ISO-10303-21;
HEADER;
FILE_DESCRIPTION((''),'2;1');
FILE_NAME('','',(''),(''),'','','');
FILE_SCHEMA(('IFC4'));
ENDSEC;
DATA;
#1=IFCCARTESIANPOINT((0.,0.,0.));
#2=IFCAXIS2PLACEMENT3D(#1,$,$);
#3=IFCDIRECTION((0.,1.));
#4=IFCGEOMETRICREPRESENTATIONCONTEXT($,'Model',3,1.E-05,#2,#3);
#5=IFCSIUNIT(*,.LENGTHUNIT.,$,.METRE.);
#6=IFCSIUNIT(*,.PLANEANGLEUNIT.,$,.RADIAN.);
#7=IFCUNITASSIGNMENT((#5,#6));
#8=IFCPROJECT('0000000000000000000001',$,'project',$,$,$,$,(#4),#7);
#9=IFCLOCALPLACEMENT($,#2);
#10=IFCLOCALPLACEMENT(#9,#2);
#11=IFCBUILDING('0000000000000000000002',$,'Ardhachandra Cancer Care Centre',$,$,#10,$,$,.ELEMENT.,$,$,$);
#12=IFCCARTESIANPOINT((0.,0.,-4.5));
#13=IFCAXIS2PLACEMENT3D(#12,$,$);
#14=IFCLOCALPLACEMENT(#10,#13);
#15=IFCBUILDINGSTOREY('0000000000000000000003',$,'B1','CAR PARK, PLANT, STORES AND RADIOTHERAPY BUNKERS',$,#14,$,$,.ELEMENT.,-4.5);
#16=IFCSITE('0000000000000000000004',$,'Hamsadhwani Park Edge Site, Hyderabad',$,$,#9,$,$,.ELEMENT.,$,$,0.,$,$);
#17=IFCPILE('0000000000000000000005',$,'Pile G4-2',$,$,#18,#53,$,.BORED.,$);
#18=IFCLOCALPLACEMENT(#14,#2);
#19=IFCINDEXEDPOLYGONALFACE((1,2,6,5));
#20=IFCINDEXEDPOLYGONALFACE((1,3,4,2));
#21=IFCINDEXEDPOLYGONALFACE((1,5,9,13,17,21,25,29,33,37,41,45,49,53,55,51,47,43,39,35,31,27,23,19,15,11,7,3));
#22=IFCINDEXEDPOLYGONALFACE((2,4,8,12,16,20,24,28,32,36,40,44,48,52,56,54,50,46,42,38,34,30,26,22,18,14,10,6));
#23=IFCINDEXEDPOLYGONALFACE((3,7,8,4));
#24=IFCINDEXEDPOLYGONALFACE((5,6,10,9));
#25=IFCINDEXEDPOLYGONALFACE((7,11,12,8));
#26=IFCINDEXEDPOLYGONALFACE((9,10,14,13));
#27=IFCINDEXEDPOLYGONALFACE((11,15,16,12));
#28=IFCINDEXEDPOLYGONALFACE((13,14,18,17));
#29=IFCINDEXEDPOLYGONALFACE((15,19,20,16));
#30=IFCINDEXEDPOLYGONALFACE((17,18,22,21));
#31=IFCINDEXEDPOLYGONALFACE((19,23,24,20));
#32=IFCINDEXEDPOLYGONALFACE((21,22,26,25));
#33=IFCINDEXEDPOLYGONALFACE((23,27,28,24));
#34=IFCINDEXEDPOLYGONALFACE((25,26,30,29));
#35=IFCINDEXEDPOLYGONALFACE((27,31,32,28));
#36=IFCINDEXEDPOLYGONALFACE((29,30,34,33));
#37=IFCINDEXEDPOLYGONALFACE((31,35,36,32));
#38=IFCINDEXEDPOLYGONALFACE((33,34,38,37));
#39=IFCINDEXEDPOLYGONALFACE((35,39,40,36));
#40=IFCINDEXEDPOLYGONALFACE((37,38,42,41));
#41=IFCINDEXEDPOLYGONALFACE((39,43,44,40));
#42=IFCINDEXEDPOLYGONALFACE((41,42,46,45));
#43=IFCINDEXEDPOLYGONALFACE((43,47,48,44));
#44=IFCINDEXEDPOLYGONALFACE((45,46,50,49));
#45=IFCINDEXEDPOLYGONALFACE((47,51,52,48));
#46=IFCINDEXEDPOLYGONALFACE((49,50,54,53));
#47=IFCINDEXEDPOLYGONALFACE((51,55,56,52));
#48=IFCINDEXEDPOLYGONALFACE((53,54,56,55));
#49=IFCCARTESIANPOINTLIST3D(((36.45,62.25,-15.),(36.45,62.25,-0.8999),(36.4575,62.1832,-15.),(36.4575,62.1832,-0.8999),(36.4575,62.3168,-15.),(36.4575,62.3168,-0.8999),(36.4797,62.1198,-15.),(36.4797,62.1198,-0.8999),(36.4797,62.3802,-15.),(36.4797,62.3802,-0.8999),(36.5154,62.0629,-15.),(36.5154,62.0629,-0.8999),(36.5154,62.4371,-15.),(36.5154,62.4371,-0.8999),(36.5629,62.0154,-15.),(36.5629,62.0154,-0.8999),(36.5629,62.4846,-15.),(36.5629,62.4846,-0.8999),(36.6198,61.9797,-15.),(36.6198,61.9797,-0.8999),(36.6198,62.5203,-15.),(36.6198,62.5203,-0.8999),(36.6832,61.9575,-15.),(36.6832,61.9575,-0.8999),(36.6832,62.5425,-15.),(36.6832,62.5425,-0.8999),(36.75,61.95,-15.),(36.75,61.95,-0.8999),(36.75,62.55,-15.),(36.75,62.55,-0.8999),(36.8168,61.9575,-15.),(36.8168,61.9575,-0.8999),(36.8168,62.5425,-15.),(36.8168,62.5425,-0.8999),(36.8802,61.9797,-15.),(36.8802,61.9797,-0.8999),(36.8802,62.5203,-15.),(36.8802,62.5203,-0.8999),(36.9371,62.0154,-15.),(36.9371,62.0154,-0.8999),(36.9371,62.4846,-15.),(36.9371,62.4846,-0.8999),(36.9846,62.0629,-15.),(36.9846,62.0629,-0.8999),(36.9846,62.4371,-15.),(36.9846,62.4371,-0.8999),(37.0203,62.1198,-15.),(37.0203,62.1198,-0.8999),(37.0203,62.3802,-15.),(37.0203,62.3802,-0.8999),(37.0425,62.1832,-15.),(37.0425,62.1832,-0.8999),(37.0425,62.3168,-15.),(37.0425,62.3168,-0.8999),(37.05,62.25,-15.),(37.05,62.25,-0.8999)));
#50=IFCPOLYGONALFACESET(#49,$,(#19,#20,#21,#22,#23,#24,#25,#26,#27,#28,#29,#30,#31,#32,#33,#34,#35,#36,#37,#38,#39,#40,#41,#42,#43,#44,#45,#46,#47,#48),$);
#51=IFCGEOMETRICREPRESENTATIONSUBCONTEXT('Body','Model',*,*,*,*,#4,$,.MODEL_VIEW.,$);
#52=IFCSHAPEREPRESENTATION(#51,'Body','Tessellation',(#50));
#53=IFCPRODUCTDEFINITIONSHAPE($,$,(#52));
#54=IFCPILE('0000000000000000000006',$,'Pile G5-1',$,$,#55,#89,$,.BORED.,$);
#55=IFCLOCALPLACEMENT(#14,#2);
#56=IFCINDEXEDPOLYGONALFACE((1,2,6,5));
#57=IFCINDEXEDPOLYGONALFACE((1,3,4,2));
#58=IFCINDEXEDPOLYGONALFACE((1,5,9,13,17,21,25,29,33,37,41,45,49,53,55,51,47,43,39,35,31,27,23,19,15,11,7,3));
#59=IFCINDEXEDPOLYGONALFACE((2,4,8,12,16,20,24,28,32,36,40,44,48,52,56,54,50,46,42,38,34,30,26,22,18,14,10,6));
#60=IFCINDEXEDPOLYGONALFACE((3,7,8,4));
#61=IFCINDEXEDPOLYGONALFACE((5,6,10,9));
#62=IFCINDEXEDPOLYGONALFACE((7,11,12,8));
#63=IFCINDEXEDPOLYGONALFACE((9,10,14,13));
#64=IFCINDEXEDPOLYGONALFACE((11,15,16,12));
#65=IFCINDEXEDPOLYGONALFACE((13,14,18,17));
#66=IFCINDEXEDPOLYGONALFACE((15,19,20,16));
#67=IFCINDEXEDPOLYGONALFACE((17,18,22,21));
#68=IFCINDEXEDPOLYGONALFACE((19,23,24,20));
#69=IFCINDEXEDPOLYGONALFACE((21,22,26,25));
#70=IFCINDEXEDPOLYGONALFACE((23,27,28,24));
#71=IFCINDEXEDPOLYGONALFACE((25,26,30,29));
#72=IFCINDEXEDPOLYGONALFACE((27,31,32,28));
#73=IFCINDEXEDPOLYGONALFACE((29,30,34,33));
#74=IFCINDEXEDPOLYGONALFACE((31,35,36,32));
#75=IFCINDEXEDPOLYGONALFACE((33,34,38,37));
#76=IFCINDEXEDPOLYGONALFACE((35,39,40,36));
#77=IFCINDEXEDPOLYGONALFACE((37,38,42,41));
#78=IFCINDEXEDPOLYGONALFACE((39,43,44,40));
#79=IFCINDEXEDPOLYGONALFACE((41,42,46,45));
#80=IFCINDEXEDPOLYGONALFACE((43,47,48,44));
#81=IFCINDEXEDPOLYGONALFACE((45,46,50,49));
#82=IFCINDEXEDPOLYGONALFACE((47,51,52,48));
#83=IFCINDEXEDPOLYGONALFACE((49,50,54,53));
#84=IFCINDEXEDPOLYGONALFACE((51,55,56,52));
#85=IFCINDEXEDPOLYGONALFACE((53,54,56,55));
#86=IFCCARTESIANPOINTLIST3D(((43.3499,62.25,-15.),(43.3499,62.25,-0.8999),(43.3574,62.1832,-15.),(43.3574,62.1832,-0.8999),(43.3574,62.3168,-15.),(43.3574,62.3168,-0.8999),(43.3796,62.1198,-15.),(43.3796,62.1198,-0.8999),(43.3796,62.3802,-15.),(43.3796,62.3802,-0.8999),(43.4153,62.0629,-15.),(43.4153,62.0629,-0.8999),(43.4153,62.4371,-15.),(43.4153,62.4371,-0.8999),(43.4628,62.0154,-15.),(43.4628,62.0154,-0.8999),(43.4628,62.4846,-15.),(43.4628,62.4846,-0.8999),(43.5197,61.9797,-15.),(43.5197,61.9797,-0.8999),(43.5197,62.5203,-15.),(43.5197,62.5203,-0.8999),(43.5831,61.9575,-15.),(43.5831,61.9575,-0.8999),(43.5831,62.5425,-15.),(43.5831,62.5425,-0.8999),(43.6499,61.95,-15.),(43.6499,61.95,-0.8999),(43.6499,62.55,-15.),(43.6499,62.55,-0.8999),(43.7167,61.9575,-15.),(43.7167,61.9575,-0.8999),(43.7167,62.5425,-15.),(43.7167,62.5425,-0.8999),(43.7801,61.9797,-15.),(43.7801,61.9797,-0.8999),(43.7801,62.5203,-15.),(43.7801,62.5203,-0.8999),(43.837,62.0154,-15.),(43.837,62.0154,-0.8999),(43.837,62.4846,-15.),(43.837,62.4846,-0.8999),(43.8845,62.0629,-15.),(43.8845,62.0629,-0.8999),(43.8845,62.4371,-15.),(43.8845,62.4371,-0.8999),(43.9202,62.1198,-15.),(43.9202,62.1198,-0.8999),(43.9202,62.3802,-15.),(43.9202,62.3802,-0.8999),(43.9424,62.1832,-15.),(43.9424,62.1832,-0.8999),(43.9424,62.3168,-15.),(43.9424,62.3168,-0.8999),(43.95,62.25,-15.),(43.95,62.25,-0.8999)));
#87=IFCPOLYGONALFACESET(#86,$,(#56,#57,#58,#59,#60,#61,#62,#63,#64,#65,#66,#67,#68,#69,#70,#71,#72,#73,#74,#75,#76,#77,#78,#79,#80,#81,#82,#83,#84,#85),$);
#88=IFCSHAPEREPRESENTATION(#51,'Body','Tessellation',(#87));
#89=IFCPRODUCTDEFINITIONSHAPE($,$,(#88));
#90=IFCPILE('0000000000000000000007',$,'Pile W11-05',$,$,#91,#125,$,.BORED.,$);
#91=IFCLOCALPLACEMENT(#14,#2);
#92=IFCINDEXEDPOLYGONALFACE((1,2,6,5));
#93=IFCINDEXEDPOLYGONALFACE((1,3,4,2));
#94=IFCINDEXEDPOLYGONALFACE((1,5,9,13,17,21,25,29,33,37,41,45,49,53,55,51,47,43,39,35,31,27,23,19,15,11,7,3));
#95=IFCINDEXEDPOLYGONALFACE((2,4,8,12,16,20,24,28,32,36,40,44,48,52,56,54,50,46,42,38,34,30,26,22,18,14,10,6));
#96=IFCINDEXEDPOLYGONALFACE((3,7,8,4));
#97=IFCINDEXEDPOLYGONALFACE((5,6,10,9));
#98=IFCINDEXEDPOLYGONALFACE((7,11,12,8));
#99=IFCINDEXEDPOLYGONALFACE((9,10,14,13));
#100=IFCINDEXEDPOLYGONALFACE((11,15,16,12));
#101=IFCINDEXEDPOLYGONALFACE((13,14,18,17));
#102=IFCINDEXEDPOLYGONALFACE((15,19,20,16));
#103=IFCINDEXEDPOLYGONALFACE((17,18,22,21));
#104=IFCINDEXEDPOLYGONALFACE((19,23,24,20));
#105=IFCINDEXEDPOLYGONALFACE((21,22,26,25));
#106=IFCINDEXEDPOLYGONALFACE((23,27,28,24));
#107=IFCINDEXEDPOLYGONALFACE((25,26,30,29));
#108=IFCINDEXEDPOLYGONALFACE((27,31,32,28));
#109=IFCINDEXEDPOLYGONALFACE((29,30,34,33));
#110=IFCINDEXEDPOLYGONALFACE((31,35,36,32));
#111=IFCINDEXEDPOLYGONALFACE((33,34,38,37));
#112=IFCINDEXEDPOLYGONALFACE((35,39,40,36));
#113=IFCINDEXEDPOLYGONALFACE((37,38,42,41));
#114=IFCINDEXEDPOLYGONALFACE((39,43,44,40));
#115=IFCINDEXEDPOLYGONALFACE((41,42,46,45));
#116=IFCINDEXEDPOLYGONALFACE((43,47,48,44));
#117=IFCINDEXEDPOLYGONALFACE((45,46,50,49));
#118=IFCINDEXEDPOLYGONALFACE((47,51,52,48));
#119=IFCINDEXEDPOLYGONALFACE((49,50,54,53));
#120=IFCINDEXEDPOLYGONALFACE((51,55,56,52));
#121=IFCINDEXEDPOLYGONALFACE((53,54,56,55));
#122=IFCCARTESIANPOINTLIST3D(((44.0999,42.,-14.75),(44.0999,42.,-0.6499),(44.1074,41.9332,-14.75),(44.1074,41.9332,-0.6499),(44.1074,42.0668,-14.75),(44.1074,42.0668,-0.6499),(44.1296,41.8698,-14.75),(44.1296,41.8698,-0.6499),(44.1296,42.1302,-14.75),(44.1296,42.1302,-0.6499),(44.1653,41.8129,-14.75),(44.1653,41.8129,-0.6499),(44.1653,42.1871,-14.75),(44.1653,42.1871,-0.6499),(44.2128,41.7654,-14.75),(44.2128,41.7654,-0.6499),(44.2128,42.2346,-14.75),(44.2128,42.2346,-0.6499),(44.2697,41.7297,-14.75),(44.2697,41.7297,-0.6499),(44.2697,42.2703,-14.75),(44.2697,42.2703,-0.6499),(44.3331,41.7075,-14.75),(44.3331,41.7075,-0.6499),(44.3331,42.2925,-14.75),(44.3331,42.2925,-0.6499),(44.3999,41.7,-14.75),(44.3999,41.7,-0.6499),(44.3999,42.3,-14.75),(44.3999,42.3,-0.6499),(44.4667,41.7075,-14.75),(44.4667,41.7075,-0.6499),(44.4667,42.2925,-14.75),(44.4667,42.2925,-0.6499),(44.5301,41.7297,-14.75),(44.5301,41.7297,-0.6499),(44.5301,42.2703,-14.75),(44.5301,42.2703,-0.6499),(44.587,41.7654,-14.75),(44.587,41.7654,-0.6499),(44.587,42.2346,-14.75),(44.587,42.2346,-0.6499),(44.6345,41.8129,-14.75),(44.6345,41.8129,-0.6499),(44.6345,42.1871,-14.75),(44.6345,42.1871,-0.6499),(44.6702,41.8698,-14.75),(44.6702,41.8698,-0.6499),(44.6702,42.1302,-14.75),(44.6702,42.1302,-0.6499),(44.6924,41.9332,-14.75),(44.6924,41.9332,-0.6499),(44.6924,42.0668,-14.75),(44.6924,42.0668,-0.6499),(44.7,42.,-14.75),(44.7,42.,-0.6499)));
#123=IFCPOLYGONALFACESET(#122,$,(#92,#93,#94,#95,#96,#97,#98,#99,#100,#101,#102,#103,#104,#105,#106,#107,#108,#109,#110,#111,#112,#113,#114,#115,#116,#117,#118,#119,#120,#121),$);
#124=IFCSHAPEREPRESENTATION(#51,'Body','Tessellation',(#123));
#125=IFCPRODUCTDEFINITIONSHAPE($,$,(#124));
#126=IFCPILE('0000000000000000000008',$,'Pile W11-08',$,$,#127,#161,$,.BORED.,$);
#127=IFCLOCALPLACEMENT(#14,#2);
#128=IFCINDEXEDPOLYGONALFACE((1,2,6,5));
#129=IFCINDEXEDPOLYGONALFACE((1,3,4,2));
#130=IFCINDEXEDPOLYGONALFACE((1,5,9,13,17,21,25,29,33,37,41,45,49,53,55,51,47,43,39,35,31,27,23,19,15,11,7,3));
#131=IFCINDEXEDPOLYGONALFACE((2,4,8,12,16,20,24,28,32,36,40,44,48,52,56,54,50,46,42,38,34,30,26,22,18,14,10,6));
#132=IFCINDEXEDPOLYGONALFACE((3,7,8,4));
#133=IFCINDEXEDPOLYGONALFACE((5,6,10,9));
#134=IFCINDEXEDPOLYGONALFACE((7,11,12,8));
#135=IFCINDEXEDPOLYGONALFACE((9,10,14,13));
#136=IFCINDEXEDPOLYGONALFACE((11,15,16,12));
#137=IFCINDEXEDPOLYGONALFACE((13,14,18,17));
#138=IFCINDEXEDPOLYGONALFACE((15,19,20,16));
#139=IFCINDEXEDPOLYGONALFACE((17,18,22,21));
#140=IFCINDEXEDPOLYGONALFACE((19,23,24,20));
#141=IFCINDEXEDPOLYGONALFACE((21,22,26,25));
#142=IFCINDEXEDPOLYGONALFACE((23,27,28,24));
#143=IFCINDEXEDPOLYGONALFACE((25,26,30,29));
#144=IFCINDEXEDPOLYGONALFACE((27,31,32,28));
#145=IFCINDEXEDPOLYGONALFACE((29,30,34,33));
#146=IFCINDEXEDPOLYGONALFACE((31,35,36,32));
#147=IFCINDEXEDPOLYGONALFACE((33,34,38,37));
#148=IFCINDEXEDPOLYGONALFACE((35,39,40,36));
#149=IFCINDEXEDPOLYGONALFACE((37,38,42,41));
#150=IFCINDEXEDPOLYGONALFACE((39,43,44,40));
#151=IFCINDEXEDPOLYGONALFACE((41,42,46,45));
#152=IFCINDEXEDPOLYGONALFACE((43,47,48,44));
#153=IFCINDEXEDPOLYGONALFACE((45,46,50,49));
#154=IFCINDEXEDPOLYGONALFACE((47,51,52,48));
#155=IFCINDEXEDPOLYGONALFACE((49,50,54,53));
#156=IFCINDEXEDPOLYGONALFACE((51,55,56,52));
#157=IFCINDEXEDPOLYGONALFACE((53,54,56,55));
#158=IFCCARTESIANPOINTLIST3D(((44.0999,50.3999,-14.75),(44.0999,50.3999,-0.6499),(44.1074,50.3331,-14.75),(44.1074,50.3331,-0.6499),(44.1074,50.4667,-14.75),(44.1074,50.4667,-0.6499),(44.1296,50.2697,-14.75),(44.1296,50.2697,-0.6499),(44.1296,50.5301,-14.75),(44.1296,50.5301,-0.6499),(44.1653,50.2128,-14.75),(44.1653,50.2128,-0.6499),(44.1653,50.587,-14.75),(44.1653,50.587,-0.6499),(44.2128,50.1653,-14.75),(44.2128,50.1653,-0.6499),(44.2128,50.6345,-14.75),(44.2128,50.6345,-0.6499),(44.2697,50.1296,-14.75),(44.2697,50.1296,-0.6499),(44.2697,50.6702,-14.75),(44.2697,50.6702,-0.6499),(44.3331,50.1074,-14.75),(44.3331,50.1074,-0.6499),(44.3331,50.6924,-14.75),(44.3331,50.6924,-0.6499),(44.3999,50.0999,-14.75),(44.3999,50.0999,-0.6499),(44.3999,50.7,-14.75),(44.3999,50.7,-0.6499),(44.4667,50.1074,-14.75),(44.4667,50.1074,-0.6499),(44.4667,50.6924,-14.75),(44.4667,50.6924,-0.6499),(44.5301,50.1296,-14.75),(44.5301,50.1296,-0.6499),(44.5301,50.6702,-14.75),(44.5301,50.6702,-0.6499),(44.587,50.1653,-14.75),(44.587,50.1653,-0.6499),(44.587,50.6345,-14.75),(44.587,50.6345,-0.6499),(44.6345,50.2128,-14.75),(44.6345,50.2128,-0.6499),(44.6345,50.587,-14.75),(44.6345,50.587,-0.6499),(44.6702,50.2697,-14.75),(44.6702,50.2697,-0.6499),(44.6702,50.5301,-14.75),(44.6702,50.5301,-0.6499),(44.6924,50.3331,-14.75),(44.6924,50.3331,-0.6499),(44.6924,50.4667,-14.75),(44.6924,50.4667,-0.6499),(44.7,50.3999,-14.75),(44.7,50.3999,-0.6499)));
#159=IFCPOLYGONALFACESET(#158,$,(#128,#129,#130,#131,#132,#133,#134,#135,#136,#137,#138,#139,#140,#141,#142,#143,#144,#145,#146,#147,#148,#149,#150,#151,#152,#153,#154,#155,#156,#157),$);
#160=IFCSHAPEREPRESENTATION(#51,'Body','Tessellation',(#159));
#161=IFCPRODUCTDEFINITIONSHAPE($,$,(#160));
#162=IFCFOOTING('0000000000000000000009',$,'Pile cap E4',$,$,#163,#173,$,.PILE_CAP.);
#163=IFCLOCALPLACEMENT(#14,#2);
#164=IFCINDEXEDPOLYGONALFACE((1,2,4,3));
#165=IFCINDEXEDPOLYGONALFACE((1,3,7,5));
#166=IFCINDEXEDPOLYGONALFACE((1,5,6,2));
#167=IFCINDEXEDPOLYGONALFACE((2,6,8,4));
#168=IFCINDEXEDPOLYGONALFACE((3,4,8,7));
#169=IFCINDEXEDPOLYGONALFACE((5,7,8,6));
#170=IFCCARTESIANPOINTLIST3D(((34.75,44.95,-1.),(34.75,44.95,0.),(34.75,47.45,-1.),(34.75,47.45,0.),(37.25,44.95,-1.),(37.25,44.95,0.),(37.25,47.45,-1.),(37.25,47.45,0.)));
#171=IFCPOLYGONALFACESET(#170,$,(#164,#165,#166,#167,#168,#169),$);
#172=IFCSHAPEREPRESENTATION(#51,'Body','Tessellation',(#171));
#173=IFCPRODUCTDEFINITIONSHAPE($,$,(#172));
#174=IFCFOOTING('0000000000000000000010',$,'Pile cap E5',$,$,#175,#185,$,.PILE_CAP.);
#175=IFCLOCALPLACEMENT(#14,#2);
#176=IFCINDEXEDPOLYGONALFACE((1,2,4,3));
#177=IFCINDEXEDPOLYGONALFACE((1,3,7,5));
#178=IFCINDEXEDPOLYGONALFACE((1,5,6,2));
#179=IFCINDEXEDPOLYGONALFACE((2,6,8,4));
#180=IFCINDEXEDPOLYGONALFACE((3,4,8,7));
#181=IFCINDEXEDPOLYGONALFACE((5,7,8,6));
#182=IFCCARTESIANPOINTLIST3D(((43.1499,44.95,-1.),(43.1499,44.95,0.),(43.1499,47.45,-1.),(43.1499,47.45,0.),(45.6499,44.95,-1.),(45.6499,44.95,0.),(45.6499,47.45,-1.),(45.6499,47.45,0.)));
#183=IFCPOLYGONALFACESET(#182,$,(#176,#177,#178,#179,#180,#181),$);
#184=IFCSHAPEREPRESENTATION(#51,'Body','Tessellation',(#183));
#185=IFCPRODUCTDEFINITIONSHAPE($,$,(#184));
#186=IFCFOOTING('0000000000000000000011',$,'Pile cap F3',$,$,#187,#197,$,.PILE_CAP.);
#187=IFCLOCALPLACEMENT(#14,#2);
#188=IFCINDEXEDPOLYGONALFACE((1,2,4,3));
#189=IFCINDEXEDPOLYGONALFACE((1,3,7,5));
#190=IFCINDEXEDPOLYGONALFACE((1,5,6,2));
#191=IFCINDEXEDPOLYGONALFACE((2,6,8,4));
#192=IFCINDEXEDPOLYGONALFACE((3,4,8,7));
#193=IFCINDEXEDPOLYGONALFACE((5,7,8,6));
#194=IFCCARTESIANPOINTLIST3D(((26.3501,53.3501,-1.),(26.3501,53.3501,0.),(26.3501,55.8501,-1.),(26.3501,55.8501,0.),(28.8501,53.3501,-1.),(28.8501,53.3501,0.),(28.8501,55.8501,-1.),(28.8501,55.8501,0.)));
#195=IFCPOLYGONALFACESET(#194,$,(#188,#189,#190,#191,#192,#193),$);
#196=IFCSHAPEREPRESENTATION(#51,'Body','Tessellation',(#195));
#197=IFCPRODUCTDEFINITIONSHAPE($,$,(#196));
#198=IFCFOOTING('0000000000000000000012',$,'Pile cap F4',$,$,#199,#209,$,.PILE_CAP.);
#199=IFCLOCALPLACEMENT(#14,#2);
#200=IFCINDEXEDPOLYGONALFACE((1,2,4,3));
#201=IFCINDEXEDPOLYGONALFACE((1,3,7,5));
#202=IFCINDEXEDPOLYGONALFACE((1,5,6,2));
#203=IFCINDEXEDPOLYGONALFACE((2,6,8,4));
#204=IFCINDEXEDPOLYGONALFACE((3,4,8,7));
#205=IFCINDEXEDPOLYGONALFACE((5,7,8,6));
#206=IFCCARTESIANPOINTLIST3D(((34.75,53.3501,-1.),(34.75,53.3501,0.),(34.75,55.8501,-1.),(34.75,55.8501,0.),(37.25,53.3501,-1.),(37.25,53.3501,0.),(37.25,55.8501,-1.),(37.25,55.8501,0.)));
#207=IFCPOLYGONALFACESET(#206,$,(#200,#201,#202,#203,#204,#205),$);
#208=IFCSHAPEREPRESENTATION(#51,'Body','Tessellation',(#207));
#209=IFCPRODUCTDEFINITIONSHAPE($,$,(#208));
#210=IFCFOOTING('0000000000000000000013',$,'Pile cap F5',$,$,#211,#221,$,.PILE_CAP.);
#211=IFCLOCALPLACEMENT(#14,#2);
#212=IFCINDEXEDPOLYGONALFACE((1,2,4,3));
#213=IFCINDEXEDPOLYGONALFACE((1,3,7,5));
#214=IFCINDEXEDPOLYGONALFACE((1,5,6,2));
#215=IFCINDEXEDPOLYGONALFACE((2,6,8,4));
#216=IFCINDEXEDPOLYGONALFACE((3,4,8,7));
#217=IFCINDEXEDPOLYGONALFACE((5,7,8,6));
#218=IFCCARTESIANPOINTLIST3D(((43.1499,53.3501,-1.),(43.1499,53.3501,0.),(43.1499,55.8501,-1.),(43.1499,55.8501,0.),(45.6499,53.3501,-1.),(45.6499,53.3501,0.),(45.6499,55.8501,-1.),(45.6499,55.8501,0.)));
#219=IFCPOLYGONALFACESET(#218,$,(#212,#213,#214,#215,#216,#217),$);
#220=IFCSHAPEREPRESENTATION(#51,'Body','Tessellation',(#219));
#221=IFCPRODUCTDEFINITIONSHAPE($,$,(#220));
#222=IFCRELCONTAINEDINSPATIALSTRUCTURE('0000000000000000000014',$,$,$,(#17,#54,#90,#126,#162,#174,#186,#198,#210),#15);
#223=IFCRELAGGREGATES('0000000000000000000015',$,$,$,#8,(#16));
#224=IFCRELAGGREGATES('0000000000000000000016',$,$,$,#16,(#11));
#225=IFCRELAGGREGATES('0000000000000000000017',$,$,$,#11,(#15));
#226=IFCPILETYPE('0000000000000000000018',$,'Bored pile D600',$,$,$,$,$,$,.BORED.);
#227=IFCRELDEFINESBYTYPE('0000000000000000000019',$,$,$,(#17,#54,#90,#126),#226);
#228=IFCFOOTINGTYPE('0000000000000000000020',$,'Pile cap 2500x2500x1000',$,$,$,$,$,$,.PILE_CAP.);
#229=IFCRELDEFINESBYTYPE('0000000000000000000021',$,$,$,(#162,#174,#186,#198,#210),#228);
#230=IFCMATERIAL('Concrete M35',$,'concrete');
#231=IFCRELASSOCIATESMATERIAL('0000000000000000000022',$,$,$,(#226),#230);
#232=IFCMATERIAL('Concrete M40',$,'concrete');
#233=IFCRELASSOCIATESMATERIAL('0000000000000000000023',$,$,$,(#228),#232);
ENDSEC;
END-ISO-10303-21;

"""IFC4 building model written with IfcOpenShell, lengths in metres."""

from ifc_helpers import new_model, si_unit, direction, frame, origin, origin_2d, place, context, subcontext, project, spatial, rectangle, circle, extrude, material, material_profile, profile_set, type_object, element, save


model = new_model("IFC4")

# Units and contexts
model_context = context("Model", 3, precision=1e-05, world=origin(), true_north=direction((0.0, 1.0)))
body_context = subcontext(model_context, "Body", "Model", "MODEL_VIEW")
ifc_project = project(units=[si_unit("LENGTHUNIT", "METRE"), si_unit("PLANEANGLEUNIT", "RADIAN")], contexts=[model_context])

# Site, building, storey
site_placement = place(None, origin())
site = spatial("IfcSite", under=ifc_project, at=site_placement, Name="Hamsadhwani Park Edge Site, Hyderabad", CompositionType="ELEMENT", RefElevation=0.0)
building_placement = place(site_placement, origin())
building = spatial("IfcBuilding", under=site, at=building_placement, Name="Ardhachandra Cancer Care Centre", CompositionType="ELEMENT")
storey_placement = place(building_placement, frame((0.0, 0.0, -4.5)))
storey = spatial("IfcBuildingStorey", under=building, at=storey_placement, Name="B1", Description="CAR PARK, PLANT, STORES AND RADIOTHERAPY BUNKERS", CompositionType="ELEMENT", Elevation=-4.5)

# Piles
ifc_material_1 = material(Name="Concrete M35", Category="concrete")
ifc_material_profile_1 = material_profile(ifc_material_1, circle(Radius=0.3, at=origin_2d()), Name="D600")
ifc_profile_set_1 = profile_set([ifc_material_profile_1], Name="Concrete M35")
pile_type = type_object("IfcPileType", Name="Bored pile D600", PredefinedType="BORED", material=ifc_profile_set_1)
for number, where, z_axis, x_axis, name in (
    (1, (36.75, 62.25, -0.8999), (0.0, 0.0, -1.0), (1.0, 0.0, 0.0), "Pile G4-2"),
    (2, (43.6499, 62.25, -0.8999), (0.0, 0.0, -1.0), (1.0, 0.0, 0.0), "Pile G5-1"),
    (3, (44.3999, 42.0, -0.6499), (0.0, 0.0, -1.0), (1.0, 0.0, 0.0), "Pile W11-05"),
    (4, (44.3999, 50.3999, -0.6499), (0.0, 0.0, -1.0), (1.0, 0.0, 0.0), "Pile W11-08"),
):
    element("IfcPile", number, at=place(storey_placement, frame(where, z_axis=z_axis, x_axis=x_axis)), inside=storey, type_object=pile_type, Name=name, PredefinedType="BORED", context=body_context, shape_type="SweptSolid", body=[
        extrude(circle(Radius=0.3, at=origin_2d()), origin(), (0.0, 0.0, 1.0), 14.1001),
    ])

# Footings
ifc_material_2 = material(Name="Concrete M40", Category="concrete")
footing_type = type_object("IfcFootingType", Name="Pile cap 2500x2500x1000", PredefinedType="PILE_CAP", material=ifc_material_2)
for number, where, z_axis, x_axis, name in (
    (5, (36.0, 46.2, -1.0), (0.0, 0.0, 1.0), (1.0, 0.0, 0.0), "Pile cap E4"),
    (6, (44.3999, 46.2, -1.0), (0.0, 0.0, 1.0), (1.0, 0.0, 0.0), "Pile cap E5"),
    (7, (27.6001, 54.6001, -1.0), (0.0, 0.0, 1.0), (1.0, 0.0, 0.0), "Pile cap F3"),
    (8, (36.0, 54.6001, -1.0), (0.0, 0.0, 1.0), (1.0, 0.0, 0.0), "Pile cap F4"),
    (9, (44.3999, 54.6001, -1.0), (0.0, 0.0, 1.0), (1.0, 0.0, 0.0), "Pile cap F5"),
):
    element("IfcFooting", number, at=place(storey_placement, frame(where, z_axis=z_axis, x_axis=x_axis)), inside=storey, type_object=footing_type, Name=name, PredefinedType="PILE_CAP", context=body_context, shape_type="SweptSolid", body=[
        extrude(rectangle(XDim=2.5, YDim=2.5, at=origin_2d()), origin(), (0.0, 0.0, 1.0), 1.0),
    ])

save(model, "model.ifc")
